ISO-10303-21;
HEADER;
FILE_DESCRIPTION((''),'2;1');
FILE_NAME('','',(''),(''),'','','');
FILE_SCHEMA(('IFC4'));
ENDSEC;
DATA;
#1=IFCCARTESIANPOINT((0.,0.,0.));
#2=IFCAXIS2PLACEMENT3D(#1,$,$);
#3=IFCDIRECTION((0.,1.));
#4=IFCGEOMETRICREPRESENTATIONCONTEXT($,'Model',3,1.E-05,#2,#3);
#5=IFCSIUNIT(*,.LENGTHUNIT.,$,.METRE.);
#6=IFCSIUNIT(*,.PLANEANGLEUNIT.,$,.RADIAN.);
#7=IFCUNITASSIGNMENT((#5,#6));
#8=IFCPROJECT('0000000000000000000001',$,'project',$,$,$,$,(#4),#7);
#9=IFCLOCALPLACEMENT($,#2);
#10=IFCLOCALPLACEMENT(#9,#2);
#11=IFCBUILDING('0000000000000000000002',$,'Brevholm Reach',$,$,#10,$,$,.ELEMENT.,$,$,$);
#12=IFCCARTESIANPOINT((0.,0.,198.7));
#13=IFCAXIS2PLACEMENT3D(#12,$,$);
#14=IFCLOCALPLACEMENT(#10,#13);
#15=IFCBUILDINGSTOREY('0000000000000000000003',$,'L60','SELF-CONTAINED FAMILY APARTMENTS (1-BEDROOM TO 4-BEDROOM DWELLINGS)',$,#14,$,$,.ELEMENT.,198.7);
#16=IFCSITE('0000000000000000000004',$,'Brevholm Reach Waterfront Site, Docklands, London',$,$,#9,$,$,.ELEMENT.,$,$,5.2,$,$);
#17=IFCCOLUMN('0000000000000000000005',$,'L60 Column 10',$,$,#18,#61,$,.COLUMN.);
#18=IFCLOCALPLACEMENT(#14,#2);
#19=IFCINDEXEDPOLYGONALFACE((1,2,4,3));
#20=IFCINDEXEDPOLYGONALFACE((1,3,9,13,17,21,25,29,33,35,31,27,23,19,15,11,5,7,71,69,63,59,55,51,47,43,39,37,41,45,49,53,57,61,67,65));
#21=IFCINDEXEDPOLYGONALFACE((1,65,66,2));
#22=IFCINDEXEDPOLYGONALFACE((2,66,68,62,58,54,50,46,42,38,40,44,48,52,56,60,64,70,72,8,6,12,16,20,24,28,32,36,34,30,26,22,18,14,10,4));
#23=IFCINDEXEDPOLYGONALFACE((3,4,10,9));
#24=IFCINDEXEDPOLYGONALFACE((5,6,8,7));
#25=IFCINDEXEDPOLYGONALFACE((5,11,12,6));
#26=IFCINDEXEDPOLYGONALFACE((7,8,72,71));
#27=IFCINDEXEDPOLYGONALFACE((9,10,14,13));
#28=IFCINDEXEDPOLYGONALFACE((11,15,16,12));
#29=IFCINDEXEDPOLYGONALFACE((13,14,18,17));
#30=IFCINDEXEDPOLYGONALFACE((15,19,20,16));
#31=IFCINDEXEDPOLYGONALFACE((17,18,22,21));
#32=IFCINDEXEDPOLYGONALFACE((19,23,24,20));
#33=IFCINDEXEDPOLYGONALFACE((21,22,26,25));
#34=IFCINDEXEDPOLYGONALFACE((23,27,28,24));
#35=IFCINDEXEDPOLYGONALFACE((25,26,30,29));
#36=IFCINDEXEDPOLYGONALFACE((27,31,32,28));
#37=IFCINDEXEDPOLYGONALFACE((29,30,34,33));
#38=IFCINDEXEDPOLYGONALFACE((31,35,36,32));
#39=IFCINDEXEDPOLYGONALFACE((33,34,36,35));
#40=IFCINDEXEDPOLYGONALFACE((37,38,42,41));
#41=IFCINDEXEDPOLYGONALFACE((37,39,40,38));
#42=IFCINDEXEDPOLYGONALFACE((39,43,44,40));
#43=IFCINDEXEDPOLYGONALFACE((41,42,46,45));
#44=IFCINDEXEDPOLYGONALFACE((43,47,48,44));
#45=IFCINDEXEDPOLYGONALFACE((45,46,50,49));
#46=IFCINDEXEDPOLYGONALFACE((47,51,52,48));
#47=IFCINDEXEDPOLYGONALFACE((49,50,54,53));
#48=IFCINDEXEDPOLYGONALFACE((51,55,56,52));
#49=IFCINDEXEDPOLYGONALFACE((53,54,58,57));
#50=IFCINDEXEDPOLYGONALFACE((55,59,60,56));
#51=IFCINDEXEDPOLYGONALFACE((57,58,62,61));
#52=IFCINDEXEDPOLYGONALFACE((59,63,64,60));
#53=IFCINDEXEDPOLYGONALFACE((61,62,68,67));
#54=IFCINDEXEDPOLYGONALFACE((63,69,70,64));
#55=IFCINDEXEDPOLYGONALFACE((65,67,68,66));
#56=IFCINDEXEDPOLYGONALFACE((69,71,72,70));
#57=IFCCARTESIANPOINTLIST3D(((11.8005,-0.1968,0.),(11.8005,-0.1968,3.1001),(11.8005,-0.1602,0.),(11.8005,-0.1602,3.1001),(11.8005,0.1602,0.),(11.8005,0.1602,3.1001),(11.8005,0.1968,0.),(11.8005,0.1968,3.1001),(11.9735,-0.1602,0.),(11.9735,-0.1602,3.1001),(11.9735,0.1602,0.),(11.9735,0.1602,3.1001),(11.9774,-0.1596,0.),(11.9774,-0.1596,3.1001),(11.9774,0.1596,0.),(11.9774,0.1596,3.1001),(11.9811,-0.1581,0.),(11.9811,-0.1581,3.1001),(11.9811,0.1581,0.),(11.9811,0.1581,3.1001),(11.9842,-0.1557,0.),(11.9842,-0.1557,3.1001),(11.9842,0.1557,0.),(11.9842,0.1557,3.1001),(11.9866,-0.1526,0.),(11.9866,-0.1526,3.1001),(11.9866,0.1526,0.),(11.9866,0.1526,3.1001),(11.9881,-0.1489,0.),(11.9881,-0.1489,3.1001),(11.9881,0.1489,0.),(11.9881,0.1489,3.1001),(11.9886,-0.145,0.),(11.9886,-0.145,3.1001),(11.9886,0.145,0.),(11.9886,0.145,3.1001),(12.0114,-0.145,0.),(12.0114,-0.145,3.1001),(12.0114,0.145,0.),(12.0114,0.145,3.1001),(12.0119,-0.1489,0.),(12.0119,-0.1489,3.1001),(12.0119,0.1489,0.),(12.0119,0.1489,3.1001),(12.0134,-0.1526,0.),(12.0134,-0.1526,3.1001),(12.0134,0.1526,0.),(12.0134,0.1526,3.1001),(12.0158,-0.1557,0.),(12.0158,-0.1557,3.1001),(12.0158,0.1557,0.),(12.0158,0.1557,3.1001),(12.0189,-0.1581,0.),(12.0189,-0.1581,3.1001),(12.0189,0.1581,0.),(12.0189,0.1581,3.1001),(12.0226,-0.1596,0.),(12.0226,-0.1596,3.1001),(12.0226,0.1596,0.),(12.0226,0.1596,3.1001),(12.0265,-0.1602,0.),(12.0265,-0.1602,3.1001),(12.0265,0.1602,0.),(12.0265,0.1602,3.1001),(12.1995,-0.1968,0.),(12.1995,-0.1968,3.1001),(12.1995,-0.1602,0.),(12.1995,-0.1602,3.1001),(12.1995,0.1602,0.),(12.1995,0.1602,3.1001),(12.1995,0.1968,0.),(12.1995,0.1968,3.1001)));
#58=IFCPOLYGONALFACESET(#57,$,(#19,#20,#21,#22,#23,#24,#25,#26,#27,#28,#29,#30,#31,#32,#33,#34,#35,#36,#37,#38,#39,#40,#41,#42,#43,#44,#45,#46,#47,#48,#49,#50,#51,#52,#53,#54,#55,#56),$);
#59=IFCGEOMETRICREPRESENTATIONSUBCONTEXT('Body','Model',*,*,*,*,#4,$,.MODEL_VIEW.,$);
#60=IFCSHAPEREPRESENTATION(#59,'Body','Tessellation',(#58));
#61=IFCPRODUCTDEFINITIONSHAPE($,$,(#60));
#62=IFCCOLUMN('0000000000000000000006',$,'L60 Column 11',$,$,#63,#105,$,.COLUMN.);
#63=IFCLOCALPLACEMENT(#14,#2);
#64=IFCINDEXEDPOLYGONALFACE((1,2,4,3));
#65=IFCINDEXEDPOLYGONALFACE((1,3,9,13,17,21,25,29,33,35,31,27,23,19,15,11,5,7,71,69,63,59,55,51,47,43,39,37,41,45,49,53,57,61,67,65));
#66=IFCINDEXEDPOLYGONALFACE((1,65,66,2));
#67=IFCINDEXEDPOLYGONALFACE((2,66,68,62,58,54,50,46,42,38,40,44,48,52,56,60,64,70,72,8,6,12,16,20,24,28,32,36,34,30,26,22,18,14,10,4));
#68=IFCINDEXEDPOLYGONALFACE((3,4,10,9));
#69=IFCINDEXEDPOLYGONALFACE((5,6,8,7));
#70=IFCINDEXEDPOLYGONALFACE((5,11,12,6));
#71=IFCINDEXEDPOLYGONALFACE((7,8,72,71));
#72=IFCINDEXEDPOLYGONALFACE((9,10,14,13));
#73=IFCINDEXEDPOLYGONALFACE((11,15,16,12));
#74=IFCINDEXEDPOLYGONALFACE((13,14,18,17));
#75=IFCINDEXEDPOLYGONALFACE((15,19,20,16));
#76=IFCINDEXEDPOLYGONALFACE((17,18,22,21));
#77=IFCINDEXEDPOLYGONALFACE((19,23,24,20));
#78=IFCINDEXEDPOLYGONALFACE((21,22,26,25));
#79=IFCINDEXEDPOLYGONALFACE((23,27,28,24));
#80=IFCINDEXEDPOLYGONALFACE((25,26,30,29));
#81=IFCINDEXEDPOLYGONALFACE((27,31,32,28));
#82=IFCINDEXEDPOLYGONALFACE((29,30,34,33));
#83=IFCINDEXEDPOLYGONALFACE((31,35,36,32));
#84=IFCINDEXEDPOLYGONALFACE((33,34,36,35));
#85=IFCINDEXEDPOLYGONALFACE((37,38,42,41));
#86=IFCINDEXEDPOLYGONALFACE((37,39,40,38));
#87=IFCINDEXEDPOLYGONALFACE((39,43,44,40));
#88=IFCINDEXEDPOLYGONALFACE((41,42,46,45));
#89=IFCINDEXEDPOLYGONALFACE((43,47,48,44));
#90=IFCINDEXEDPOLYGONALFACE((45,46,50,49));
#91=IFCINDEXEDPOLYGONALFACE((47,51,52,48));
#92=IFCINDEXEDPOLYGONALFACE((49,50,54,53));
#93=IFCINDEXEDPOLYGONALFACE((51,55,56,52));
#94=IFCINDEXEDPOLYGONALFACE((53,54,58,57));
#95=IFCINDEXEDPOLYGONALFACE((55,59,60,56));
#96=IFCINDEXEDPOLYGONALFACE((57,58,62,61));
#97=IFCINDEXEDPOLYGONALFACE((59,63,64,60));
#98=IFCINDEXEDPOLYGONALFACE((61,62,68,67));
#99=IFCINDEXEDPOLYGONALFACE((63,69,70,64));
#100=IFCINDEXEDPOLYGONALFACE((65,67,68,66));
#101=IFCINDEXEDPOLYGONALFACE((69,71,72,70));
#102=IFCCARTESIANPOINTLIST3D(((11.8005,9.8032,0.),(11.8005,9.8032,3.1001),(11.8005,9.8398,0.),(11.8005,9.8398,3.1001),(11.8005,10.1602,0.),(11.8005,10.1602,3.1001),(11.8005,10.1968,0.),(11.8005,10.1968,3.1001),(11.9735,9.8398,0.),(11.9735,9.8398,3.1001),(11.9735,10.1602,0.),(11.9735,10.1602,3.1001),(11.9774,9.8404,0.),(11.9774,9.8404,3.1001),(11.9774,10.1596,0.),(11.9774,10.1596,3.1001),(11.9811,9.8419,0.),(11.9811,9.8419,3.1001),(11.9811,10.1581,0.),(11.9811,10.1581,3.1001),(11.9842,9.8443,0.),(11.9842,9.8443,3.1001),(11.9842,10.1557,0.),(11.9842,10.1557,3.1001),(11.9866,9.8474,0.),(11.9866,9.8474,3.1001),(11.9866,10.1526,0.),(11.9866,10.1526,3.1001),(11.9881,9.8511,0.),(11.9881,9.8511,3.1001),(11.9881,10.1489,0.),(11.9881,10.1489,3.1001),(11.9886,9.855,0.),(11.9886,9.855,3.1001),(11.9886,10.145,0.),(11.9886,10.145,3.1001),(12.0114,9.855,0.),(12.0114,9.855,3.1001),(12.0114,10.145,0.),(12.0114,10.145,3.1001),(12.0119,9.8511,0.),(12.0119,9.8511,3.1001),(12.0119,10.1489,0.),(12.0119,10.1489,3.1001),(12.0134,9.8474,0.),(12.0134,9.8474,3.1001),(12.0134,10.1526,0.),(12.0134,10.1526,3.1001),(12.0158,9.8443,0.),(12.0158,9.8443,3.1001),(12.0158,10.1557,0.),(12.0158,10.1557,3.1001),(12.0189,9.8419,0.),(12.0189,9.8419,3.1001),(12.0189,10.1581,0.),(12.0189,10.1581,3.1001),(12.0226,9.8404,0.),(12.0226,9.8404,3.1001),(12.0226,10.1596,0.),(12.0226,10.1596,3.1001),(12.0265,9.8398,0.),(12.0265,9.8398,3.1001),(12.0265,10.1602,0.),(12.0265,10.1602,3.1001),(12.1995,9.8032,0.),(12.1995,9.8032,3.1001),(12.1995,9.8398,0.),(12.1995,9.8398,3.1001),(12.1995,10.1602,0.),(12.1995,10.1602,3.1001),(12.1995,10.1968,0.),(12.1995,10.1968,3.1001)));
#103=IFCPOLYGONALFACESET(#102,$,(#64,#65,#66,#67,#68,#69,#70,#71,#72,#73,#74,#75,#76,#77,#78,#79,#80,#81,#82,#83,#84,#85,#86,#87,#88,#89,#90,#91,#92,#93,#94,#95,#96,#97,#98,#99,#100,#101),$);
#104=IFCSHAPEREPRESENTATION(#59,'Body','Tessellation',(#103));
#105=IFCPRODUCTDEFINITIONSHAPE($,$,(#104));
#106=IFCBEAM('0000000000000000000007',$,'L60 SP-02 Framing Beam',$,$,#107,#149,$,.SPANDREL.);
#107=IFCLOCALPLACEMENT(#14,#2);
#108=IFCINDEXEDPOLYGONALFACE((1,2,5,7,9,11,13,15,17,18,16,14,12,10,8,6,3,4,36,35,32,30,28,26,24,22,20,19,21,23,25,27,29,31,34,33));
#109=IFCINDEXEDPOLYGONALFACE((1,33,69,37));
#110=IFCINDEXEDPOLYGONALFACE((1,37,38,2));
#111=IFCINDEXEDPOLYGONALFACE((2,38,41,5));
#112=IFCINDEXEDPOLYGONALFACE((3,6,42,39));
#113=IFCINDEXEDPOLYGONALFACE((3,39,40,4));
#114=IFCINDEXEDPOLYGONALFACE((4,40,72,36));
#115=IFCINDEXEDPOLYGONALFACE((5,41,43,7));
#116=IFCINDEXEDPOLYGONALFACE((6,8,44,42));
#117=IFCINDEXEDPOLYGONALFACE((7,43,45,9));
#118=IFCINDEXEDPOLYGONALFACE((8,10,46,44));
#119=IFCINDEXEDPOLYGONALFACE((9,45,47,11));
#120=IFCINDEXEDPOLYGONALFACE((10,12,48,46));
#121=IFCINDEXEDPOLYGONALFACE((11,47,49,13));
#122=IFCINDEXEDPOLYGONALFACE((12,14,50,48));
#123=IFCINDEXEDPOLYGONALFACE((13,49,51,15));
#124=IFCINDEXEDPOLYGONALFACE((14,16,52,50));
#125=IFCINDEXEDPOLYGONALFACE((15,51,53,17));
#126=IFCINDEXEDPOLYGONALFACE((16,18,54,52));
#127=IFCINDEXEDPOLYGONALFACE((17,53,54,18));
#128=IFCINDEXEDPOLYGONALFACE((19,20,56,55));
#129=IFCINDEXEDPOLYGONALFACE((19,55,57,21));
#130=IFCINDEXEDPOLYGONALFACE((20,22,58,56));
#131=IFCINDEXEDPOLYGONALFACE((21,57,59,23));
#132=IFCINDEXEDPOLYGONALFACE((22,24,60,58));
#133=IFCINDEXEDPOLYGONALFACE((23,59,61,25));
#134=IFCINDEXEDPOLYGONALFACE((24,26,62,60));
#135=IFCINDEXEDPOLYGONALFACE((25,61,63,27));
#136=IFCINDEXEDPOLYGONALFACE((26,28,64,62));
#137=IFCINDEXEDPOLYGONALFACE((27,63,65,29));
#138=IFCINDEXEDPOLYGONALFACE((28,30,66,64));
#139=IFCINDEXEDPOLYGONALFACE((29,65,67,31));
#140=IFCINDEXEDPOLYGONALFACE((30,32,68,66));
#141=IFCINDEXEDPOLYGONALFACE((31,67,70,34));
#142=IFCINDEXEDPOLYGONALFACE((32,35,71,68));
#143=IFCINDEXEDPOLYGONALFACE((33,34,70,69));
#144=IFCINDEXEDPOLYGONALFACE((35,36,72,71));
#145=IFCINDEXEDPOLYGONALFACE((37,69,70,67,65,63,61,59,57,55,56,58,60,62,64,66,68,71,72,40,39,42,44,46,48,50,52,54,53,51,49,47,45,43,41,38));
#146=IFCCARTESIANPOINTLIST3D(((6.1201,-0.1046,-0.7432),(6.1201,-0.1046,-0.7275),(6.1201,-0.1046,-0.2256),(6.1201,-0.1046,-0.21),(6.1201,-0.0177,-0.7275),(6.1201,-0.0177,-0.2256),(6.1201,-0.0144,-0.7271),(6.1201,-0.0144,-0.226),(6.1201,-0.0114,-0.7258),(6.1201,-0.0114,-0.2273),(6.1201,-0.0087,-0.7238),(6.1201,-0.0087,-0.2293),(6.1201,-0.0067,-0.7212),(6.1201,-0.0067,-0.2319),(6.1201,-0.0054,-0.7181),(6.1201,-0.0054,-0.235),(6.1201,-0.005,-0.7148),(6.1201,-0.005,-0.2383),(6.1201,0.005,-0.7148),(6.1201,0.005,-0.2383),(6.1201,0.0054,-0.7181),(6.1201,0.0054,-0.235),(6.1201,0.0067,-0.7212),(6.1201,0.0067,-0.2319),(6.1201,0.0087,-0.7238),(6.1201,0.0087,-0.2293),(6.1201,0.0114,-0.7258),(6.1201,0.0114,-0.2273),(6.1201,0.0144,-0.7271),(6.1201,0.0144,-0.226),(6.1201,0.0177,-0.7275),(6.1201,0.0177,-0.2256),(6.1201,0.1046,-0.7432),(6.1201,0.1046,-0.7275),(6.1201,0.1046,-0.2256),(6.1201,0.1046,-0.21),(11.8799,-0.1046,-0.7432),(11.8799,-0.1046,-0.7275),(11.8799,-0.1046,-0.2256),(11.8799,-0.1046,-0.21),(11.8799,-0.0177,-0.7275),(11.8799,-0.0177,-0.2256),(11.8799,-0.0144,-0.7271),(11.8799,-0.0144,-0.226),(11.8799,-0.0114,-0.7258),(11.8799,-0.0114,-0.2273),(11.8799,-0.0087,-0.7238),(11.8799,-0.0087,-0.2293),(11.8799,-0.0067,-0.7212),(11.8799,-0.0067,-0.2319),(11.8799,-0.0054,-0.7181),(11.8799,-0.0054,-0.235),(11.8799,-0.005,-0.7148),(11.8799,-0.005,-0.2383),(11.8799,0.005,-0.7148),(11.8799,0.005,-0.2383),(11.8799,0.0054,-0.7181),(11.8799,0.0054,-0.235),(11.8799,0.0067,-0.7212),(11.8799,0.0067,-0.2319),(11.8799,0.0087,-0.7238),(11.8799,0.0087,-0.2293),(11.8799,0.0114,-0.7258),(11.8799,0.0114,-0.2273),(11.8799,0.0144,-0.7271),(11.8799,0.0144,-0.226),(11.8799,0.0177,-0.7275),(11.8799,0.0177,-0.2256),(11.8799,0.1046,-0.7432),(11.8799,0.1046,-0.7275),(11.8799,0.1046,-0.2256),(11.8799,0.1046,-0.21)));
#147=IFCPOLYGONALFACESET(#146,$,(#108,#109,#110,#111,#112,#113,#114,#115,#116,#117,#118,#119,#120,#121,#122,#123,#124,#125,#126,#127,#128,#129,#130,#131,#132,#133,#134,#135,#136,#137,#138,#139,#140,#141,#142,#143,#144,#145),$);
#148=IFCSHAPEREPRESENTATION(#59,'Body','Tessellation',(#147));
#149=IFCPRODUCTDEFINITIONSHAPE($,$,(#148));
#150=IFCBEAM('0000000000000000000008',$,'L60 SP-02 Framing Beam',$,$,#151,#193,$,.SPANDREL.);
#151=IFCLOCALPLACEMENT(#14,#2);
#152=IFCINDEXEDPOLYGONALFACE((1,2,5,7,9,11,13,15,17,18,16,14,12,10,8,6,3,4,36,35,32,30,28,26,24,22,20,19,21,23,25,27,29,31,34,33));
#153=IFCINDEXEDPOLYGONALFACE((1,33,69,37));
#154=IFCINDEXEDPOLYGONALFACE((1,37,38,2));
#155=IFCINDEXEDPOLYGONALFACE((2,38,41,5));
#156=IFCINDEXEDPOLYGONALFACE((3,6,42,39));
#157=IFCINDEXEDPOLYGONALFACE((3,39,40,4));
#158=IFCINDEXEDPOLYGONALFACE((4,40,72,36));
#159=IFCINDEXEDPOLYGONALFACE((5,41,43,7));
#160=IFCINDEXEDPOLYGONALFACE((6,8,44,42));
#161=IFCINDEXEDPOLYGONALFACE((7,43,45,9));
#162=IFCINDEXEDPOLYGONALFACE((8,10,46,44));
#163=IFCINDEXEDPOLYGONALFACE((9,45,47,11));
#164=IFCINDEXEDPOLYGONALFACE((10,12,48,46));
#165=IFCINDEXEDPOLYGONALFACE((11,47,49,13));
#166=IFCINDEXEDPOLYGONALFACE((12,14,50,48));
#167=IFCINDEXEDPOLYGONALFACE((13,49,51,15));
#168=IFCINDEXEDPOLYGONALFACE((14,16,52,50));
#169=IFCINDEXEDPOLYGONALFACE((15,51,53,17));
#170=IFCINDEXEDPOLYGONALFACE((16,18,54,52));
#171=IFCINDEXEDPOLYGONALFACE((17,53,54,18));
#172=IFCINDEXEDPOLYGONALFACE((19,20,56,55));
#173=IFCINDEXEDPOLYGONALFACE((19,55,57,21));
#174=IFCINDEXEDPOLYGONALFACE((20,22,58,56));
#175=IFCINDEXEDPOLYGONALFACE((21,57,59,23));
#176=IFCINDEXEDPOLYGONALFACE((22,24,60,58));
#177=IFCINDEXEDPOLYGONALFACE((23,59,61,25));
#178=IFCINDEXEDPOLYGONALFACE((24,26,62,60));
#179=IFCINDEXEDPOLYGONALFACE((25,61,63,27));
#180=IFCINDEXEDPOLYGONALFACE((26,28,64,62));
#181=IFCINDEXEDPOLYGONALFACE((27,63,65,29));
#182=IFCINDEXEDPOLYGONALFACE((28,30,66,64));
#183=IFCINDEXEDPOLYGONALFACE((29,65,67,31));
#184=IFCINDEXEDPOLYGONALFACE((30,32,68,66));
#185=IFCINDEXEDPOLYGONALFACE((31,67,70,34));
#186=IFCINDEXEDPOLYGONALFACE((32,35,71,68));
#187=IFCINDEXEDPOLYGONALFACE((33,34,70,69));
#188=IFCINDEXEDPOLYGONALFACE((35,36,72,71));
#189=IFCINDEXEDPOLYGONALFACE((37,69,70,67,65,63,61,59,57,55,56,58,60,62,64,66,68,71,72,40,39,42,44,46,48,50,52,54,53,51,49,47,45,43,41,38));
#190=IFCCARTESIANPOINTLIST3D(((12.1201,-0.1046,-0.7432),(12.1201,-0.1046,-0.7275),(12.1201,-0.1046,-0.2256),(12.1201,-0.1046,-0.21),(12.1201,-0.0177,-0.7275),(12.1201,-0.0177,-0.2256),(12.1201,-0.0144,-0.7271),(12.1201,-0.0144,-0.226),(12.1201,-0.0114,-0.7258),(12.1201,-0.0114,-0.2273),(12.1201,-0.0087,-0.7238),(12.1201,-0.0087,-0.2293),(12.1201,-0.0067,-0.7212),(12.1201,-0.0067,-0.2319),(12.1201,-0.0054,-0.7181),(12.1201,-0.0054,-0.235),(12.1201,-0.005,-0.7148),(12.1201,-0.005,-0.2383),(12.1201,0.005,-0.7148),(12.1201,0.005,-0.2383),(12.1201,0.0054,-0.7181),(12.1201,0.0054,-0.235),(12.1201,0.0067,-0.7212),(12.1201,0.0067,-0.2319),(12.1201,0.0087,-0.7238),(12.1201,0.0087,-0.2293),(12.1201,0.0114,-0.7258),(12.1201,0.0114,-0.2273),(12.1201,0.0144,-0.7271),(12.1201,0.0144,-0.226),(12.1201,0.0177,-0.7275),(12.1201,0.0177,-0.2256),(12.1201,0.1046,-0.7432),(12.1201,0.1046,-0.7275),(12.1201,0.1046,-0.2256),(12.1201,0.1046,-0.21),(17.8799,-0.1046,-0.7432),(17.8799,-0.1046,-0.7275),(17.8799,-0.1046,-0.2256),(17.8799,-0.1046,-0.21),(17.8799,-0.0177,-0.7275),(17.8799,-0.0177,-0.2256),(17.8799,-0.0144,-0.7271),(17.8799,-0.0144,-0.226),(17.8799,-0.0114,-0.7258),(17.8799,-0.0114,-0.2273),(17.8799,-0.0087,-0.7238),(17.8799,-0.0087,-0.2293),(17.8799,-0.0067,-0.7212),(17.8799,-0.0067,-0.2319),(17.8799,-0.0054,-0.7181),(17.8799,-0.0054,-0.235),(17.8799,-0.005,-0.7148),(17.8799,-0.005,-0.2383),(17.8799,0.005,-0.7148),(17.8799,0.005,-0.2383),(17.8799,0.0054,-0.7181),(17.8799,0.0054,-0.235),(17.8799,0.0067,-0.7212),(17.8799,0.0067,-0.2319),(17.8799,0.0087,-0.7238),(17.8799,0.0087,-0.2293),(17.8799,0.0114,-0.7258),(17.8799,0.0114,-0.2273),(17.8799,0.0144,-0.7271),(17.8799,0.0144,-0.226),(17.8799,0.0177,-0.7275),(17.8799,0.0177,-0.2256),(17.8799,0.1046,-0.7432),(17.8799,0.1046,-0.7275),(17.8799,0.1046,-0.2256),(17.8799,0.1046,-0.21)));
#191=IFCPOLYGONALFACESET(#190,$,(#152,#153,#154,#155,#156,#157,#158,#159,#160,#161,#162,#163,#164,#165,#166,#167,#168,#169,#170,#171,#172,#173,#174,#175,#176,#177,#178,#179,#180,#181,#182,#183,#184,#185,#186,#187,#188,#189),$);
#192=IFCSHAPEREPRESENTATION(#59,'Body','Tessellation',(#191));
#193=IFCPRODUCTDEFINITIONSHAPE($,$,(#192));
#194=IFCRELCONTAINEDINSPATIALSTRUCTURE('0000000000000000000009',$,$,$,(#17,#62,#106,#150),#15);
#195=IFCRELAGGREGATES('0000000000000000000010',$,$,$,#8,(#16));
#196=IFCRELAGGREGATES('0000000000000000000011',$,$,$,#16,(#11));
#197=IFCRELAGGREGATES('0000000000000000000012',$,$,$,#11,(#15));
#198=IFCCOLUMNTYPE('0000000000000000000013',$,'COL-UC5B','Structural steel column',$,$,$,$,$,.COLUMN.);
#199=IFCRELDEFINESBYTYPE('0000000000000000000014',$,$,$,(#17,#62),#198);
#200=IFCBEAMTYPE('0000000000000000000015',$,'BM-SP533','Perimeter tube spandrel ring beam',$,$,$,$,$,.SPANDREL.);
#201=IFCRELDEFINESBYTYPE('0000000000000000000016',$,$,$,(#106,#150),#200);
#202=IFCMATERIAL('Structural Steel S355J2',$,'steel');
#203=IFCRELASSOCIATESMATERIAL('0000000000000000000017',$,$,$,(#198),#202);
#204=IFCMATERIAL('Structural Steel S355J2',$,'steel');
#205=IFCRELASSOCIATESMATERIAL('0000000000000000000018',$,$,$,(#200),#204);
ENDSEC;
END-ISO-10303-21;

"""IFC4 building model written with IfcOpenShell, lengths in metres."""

from ifc_helpers import new_model, si_unit, direction, frame, origin, origin_2d, place, context, subcontext, project, spatial, i_section, extrude, material, material_profile, profile_set, type_object, element, save


model = new_model("IFC4")

# Units and contexts
model_context = context("Model", 3, precision=1e-05, world=origin(), true_north=direction((0.0, 1.0)))
body_context = subcontext(model_context, "Body", "Model", "MODEL_VIEW")
ifc_project = project(units=[si_unit("LENGTHUNIT", "METRE"), si_unit("PLANEANGLEUNIT", "RADIAN")], contexts=[model_context])

# Site, building, storey
site_placement = place(None, origin())
site = spatial("IfcSite", under=ifc_project, at=site_placement, Name="Brevholm Reach Waterfront Site, Docklands, London", CompositionType="ELEMENT", RefElevation=5.2)
building_placement = place(site_placement, origin())
building = spatial("IfcBuilding", under=site, at=building_placement, Name="Brevholm Reach", CompositionType="ELEMENT")
storey_placement = place(building_placement, frame((0.0, 0.0, 198.7)))
storey = spatial("IfcBuildingStorey", under=building, at=storey_placement, Name="L60", Description="SELF-CONTAINED FAMILY APARTMENTS (1-BEDROOM TO 4-BEDROOM DWELLINGS)", CompositionType="ELEMENT", Elevation=198.7)

# Columns
ifc_material_1 = material(Name="Structural Steel S355J2", Category="steel")
ifc_material_profile_1 = material_profile(ifc_material_1, i_section(OverallWidth=0.3989, OverallDepth=0.3936, WebThickness=0.0227, FlangeThickness=0.0366, FilletRadius=0.0151, at=origin_2d()), Name="UKC 356x406x287")
ifc_profile_set_1 = profile_set([ifc_material_profile_1], Name="Structural Steel S355J2")
column_type = type_object("IfcColumnType", Name="COL-UC5B", Description="Structural steel column", PredefinedType="COLUMN", material=ifc_profile_set_1)
for number, where, z_axis, x_axis, name in (
    (1, (12.0, 0.0, 0.0), (0.0, 0.0, 1.0), (1.0, 0.0, 0.0), "L60 Column 10"),
    (2, (12.0, 10.0, 0.0), (0.0, 0.0, 1.0), (1.0, 0.0, 0.0), "L60 Column 11"),
):
    element("IfcColumn", number, at=place(storey_placement, frame(where, z_axis=z_axis, x_axis=x_axis)), inside=storey, type_object=column_type, Name=name, PredefinedType="COLUMN", context=body_context, shape_type="SweptSolid", body=[
        extrude(i_section(OverallWidth=0.3989, OverallDepth=0.3936, WebThickness=0.0227, FlangeThickness=0.0366, FilletRadius=0.0151, at=origin_2d()), origin(), (0.0, 0.0, 1.0), 3.1001),
    ])

# Beams
ifc_material_2 = material(Name="Structural Steel S355J2", Category="steel")
ifc_material_profile_2 = material_profile(ifc_material_2, i_section(OverallWidth=0.2092, OverallDepth=0.5332, WebThickness=0.01, FlangeThickness=0.0156, FilletRadius=0.0127, at=origin_2d()), Name="UKB 533x210x92")
ifc_profile_set_2 = profile_set([ifc_material_profile_2], Name="Structural Steel S355J2")
beam_type_1 = type_object("IfcBeamType", Name="BM-SP533", Description="Perimeter tube spandrel ring beam", PredefinedType="SPANDREL", material=ifc_profile_set_2)
for number, where, z_axis, x_axis, name in (
    (3, (6.1201, 0.0, -0.4766), (1.0, 0.0, 0.0), (0.0, 1.0, 0.0), "L60 SP-02 Framing Beam"),
    (4, (12.1201, 0.0, -0.4766), (1.0, 0.0, 0.0), (0.0, 1.0, 0.0), "L60 SP-02 Framing Beam"),
):
    element("IfcBeam", number, at=place(storey_placement, frame(where, z_axis=z_axis, x_axis=x_axis)), inside=storey, type_object=beam_type_1, Name=name, PredefinedType="SPANDREL", context=body_context, shape_type="SweptSolid", body=[
        extrude(i_section(OverallWidth=0.2092, OverallDepth=0.5332, WebThickness=0.01, FlangeThickness=0.0156, FilletRadius=0.0127, at=origin_2d()), origin(), (0.0, 0.0, 1.0), 5.7598),
    ])

save(model, "model.ifc")
